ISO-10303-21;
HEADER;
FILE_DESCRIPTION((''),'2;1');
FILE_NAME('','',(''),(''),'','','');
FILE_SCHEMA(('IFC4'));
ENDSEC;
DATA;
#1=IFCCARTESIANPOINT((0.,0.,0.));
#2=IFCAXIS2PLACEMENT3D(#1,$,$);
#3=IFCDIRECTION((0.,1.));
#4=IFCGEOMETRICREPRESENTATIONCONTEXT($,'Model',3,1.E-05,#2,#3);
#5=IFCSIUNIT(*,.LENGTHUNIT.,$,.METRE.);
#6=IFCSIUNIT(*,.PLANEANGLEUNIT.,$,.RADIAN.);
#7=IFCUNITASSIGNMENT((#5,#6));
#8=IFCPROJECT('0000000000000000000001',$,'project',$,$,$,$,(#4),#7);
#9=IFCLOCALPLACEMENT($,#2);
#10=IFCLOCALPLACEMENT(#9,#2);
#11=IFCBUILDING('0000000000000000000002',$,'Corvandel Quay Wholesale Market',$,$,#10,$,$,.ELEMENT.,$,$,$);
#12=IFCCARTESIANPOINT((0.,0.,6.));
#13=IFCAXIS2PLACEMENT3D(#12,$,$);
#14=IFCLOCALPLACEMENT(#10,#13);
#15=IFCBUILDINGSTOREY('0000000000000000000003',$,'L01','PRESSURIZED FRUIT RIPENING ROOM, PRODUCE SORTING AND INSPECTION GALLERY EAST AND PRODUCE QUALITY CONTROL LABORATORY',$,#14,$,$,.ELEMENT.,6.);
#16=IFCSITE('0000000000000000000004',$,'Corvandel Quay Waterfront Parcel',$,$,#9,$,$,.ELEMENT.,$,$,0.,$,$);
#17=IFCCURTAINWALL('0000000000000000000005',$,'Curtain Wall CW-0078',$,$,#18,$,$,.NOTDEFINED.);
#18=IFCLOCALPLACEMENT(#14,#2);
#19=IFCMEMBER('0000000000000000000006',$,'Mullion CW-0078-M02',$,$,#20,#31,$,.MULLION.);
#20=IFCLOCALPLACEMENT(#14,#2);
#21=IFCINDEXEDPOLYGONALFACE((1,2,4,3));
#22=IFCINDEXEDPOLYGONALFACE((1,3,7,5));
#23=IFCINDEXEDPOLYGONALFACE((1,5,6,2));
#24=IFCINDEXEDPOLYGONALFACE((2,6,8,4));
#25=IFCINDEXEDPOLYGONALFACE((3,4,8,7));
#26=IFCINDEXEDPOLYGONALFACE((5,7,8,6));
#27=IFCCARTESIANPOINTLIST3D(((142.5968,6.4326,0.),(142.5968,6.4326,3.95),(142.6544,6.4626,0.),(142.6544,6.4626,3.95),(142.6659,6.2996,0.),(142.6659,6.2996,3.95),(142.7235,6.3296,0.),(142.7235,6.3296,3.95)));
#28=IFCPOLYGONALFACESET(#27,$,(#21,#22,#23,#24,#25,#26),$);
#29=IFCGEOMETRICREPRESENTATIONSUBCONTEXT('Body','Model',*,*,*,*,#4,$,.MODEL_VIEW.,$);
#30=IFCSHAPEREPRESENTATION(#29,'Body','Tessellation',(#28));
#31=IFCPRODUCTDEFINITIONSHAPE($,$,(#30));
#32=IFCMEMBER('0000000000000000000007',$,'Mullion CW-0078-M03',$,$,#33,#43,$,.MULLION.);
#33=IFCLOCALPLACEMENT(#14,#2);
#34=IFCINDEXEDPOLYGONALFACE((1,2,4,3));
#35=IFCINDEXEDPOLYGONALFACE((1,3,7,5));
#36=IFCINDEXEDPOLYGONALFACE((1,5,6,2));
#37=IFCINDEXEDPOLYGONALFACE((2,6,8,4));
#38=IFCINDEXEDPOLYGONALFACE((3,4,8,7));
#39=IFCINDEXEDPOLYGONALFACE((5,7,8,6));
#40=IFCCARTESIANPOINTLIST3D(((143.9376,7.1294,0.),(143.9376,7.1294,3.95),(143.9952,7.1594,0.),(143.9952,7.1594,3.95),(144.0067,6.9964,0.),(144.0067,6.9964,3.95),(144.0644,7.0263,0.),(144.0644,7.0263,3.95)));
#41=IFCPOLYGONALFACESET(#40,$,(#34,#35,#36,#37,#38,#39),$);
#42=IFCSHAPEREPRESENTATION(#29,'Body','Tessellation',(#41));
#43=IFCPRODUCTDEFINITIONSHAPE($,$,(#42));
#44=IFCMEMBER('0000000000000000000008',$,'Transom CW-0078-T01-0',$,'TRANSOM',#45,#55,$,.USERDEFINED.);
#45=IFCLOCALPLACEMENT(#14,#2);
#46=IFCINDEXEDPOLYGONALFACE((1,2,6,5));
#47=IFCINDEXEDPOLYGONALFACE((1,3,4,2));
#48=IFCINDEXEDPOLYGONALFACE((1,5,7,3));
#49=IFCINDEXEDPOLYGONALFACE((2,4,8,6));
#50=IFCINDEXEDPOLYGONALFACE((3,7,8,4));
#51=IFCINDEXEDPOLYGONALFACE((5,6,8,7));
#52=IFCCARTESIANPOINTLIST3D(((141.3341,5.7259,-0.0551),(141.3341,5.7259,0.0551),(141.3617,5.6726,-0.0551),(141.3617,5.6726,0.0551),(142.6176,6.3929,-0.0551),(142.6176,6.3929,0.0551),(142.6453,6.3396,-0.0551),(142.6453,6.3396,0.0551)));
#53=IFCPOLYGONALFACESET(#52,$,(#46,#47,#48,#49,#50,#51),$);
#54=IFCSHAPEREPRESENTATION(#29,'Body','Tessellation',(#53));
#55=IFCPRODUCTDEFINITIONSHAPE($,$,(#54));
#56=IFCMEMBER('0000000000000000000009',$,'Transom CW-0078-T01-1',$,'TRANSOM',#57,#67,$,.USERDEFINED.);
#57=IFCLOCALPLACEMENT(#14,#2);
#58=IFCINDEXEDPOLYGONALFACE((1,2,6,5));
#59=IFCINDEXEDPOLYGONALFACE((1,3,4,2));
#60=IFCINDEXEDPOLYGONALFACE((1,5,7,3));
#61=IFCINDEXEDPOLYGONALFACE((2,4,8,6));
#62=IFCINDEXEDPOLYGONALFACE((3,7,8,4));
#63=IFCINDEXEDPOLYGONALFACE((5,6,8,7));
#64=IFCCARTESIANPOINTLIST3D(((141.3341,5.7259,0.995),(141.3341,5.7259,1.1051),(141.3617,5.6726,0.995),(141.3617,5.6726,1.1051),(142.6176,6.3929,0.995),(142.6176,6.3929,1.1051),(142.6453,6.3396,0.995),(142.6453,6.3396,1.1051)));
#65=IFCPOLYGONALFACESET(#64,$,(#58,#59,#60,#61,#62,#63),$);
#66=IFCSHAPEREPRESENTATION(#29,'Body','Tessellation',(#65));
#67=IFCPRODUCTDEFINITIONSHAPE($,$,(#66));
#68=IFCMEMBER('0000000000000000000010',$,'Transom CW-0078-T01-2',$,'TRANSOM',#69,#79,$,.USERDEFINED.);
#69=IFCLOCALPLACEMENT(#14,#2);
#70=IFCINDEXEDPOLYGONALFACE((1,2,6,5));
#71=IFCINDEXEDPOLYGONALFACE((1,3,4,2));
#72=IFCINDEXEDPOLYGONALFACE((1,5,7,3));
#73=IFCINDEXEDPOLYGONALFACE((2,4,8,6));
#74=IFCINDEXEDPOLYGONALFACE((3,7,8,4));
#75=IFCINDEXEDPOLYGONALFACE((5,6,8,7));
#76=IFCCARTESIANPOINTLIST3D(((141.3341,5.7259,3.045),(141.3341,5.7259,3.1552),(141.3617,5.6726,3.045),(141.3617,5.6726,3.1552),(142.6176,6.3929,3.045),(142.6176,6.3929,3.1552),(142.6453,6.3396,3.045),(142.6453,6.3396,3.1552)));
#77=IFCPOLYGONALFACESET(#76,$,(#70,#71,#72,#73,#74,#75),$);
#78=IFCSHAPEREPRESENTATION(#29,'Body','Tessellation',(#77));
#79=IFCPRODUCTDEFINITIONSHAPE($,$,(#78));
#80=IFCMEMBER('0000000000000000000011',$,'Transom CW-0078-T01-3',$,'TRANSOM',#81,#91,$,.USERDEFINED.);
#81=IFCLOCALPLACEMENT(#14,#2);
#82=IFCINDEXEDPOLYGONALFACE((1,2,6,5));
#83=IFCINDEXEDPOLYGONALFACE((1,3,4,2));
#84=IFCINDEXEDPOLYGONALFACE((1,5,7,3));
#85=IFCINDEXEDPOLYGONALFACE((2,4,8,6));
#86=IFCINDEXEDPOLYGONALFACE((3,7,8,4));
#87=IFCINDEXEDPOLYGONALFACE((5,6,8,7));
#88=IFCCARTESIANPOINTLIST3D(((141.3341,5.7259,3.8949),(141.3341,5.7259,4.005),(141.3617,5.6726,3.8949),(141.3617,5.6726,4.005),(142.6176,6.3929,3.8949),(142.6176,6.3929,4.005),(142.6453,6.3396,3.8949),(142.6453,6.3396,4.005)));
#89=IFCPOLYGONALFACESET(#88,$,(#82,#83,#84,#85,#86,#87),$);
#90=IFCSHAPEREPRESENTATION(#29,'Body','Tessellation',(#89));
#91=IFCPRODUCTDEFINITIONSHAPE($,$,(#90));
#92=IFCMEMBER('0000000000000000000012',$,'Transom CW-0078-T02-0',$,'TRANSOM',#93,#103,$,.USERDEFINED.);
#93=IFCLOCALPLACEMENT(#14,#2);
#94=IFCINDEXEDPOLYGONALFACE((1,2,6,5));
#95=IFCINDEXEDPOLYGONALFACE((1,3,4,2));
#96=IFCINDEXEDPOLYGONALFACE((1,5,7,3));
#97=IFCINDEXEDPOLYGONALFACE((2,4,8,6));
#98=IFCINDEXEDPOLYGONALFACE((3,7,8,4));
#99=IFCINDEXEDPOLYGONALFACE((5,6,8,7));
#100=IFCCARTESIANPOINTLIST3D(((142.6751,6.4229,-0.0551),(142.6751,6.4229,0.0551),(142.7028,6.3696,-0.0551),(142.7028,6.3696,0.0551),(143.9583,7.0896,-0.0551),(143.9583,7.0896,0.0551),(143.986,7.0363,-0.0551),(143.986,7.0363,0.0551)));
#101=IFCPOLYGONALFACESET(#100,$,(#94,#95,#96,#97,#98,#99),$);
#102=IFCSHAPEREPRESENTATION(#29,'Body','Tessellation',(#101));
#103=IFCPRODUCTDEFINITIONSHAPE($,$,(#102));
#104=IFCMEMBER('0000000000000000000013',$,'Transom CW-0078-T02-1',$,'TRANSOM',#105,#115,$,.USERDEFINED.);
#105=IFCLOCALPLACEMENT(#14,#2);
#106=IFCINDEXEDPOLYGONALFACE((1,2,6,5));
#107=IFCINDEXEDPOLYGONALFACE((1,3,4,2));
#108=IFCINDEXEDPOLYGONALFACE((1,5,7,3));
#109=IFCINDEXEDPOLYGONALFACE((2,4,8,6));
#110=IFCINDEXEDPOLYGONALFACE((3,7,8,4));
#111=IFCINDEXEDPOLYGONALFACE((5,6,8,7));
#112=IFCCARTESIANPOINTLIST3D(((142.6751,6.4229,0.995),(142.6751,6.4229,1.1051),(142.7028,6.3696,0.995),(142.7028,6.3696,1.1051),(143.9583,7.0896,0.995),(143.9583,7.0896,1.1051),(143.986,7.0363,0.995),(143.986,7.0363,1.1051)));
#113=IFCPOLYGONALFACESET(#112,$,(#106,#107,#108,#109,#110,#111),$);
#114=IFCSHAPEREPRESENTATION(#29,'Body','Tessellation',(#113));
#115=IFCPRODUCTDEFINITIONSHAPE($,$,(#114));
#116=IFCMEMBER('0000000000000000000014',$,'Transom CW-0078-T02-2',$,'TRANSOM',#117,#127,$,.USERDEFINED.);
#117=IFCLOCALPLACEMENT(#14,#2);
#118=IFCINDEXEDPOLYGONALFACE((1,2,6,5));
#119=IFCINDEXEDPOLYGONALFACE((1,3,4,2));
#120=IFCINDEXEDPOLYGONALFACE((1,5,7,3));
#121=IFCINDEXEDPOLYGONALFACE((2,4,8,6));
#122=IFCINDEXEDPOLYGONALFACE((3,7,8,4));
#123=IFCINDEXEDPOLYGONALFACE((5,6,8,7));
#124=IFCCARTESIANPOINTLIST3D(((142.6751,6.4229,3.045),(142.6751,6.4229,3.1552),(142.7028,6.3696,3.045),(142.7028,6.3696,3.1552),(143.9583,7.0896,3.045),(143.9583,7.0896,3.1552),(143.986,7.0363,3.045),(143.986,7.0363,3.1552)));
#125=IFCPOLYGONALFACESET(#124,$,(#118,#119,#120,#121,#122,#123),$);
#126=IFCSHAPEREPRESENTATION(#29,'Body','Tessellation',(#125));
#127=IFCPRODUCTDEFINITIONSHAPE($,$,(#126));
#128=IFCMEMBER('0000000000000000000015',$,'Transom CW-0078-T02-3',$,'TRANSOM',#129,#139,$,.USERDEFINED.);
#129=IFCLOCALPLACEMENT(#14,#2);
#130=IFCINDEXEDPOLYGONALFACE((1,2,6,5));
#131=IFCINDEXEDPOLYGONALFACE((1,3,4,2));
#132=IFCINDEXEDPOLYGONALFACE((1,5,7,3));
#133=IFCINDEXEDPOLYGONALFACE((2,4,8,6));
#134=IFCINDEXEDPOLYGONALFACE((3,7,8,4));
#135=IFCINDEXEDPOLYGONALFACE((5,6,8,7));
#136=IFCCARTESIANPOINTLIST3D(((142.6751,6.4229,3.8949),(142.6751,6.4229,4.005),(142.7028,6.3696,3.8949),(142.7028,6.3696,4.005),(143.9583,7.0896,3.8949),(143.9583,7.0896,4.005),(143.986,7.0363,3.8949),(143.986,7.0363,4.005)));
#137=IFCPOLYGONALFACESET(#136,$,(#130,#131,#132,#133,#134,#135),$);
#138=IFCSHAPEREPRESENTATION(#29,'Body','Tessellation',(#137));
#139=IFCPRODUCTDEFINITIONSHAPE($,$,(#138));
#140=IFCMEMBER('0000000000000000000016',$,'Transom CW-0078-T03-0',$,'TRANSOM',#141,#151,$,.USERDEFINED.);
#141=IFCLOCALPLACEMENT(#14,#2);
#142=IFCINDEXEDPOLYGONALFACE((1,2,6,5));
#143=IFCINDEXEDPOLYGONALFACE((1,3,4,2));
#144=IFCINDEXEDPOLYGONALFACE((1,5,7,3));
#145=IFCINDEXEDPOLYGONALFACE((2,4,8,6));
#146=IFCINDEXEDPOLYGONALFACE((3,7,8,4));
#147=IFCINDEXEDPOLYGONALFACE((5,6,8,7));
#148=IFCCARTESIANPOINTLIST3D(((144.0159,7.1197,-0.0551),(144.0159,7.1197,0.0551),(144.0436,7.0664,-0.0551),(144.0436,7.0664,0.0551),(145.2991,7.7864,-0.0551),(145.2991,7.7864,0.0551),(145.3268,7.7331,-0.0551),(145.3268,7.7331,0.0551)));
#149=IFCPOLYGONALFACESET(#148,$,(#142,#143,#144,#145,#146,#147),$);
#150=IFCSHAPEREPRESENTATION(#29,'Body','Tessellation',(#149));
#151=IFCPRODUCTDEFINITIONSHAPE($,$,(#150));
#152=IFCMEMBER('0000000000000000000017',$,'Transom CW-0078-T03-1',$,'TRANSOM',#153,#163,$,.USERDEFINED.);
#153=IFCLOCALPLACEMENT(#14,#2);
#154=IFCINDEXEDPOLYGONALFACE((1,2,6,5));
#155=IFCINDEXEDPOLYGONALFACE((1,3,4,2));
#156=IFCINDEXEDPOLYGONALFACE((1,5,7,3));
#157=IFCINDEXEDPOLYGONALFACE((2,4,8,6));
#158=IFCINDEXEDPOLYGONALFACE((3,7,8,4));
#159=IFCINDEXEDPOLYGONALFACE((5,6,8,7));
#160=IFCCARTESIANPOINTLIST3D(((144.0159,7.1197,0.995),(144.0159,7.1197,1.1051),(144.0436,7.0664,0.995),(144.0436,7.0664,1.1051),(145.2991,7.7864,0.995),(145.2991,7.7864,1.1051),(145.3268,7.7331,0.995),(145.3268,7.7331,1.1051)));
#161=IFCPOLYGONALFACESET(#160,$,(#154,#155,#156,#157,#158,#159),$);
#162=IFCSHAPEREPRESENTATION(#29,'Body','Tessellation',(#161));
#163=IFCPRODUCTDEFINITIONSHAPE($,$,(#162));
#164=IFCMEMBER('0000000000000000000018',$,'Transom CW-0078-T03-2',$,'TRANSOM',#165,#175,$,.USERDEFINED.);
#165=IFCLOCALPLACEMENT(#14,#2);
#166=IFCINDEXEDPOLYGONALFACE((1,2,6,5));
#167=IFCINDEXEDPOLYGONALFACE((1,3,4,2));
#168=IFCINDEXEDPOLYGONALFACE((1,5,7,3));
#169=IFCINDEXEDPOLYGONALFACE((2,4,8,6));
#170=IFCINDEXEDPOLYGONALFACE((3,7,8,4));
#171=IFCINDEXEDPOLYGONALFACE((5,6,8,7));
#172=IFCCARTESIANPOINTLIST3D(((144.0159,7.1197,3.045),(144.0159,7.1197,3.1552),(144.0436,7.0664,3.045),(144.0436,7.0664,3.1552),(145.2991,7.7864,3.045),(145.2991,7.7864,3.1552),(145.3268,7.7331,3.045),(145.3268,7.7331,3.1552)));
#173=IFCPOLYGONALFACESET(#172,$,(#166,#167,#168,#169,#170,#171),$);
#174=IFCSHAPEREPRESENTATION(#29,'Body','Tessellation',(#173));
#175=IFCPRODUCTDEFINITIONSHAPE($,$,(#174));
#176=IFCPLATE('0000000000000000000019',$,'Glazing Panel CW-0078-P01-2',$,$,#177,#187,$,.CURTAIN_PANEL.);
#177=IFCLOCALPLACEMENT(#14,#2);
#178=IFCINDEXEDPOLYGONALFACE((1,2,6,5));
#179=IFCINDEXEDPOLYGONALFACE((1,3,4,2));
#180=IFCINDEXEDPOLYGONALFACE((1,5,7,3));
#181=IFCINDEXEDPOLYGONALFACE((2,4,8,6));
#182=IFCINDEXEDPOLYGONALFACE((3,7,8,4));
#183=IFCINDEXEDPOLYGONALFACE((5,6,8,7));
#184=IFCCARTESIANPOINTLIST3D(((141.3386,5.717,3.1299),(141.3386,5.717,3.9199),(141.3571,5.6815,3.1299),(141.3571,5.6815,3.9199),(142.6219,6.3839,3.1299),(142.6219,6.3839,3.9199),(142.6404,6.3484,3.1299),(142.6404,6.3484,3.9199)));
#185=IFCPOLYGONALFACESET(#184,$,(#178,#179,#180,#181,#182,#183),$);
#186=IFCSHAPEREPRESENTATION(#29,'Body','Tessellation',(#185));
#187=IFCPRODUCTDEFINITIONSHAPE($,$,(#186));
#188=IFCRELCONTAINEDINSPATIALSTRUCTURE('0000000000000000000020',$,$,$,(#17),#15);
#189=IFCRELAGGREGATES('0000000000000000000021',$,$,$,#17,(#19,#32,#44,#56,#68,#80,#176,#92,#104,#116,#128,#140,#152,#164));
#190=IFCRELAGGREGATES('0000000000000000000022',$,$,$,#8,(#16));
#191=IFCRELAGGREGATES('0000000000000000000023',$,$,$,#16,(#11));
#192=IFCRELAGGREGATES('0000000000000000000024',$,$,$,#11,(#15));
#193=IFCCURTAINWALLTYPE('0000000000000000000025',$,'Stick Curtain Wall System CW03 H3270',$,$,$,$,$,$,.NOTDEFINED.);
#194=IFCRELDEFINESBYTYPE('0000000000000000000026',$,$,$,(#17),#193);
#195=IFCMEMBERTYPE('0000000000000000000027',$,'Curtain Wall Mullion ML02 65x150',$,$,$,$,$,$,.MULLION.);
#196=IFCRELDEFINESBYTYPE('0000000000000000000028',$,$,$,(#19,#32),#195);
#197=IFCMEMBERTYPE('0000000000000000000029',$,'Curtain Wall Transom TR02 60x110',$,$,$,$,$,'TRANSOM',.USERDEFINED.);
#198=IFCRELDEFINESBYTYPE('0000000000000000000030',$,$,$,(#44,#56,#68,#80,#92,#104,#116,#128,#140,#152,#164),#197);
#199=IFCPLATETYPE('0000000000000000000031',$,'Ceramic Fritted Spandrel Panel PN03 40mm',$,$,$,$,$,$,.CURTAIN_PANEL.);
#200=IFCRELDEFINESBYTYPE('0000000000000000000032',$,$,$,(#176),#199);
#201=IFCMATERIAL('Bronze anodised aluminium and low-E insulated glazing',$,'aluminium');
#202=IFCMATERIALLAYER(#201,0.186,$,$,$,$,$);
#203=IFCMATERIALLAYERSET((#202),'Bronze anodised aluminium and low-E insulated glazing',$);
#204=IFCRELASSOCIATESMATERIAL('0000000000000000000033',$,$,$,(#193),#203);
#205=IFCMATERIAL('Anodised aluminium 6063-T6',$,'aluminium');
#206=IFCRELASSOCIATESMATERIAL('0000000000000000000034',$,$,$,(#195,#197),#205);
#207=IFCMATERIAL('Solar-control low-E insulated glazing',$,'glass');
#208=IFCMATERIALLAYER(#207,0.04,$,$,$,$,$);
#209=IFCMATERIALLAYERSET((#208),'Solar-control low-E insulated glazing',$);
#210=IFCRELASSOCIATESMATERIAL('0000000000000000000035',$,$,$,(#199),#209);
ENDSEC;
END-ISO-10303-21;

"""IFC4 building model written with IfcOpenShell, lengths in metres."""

from ifc_helpers import new_model, si_unit, direction, frame, origin, origin_2d, place, context, subcontext, project, spatial, rectangle, extrude, material, layer, layer_set, material_profile, profile_set, type_object, element, aggregate, save


model = new_model("IFC4")

# Units and contexts
model_context = context("Model", 3, precision=1e-05, world=origin(), true_north=direction((0.0, 1.0)))
body_context = subcontext(model_context, "Body", "Model", "MODEL_VIEW")
ifc_project = project(units=[si_unit("LENGTHUNIT", "METRE"), si_unit("PLANEANGLEUNIT", "RADIAN")], contexts=[model_context])

# Site, building, storey
site_placement = place(None, origin())
site = spatial("IfcSite", under=ifc_project, at=site_placement, Name="Corvandel Quay Waterfront Parcel", CompositionType="ELEMENT", RefElevation=0.0)
building_placement = place(site_placement, origin())
building = spatial("IfcBuilding", under=site, at=building_placement, Name="Corvandel Quay Wholesale Market", CompositionType="ELEMENT")
storey_placement = place(building_placement, frame((0.0, 0.0, 6.0)))
storey = spatial("IfcBuildingStorey", under=building, at=storey_placement, Name="L01", Description="PRESSURIZED FRUIT RIPENING ROOM, PRODUCE SORTING AND INSPECTION GALLERY EAST AND PRODUCE QUALITY CONTROL LABORATORY", CompositionType="ELEMENT", Elevation=6.0)

# Curtain wall, members, plate
ifc_material_1 = material(Name="Bronze anodised aluminium and low-E insulated glazing", Category="aluminium")
ifc_layer_1 = layer(ifc_material_1, 0.186)
ifc_layer_set_1 = layer_set([ifc_layer_1], Name="Bronze anodised aluminium and low-E insulated glazing")
curtain_wall_type = type_object("IfcCurtainWallType", Name="Stick Curtain Wall System CW03 H3270", PredefinedType="NOTDEFINED", material=ifc_layer_set_1)
curtain_wall_placement = place(storey_placement, origin())
curtain_wall = element("IfcCurtainWall", 1, at=curtain_wall_placement, inside=storey, type_object=curtain_wall_type, Name="Curtain Wall CW-0078", PredefinedType="NOTDEFINED")
ifc_material_2 = material(Name="Anodised aluminium 6063-T6", Category="aluminium")
ifc_material_profile_1 = material_profile(ifc_material_2, rectangle(XDim=0.0649, YDim=0.1499, at=origin_2d()), Name="ALU-MUL-65x150")
ifc_profile_set_1 = profile_set([ifc_material_profile_1], Name="Anodised aluminium 6063-T6")
member_type_1 = type_object("IfcMemberType", Name="Curtain Wall Mullion ML02 65x150", PredefinedType="MULLION", material=ifc_profile_set_1)
member_1_placement = place(storey_placement, frame((142.6602, 6.3811, 0.0), z_axis=(0.0, 0.0, 1.0), x_axis=(0.887333, 0.461129, 0.0)))
member_1 = element("IfcMember", 2, at=member_1_placement, type_object=member_type_1, Name="Mullion CW-0078-M02", PredefinedType="MULLION", context=body_context, shape_type="SweptSolid", body=[
    extrude(rectangle(XDim=0.0649, YDim=0.1499, at=origin_2d()), origin(), (0.0, 0.0, 1.0), 3.95),
])
member_2_placement = place(storey_placement, frame((144.001, 7.0779, 0.0), z_axis=(0.0, 0.0, 1.0), x_axis=(0.887333, 0.461129, 0.0)))
member_2 = element("IfcMember", 3, at=member_2_placement, type_object=member_type_1, Name="Mullion CW-0078-M03", PredefinedType="MULLION", context=body_context, shape_type="SweptSolid", body=[
    extrude(rectangle(XDim=0.0649, YDim=0.1499, at=origin_2d()), origin(), (0.0, 0.0, 1.0), 3.95),
])
ifc_material_profile_2 = material_profile(ifc_material_2, rectangle(XDim=0.0601, YDim=0.1101, at=origin_2d()), Name="ALU-TRN-60x110")
ifc_profile_set_2 = profile_set([ifc_material_profile_2], Name="Anodised aluminium 6063-T6")
member_type_2 = type_object("IfcMemberType", Name="Curtain Wall Transom TR02 60x110", ElementType="TRANSOM", PredefinedType="USERDEFINED", material=ifc_profile_set_2)
member_3_placement = place(storey_placement, frame((141.3479, 5.6992, 0.0), z_axis=(0.88733, 0.461135, 0.0), x_axis=(-0.461135, 0.88733, 0.0)))
member_3 = element("IfcMember", 4, at=member_3_placement, type_object=member_type_2, Name="Transom CW-0078-T01-0", ObjectType="TRANSOM", PredefinedType="USERDEFINED", context=body_context, shape_type="SweptSolid", body=[
    extrude(rectangle(XDim=0.0601, YDim=0.1101, at=origin_2d()), origin(), (0.0, 0.0, 1.0), 1.4465),
])
member_4_placement = place(storey_placement, frame((141.3479, 5.6992, 1.05), z_axis=(0.88733, 0.461135, 0.0), x_axis=(-0.461135, 0.88733, 0.0)))
member_4 = element("IfcMember", 5, at=member_4_placement, type_object=member_type_2, Name="Transom CW-0078-T01-1", ObjectType="TRANSOM", PredefinedType="USERDEFINED", context=body_context, shape_type="SweptSolid", body=[
    extrude(rectangle(XDim=0.0601, YDim=0.1101, at=origin_2d()), origin(), (0.0, 0.0, 1.0), 1.4465),
])
member_5_placement = place(storey_placement, frame((141.3479, 5.6992, 3.1001), z_axis=(0.88733, 0.461135, 0.0), x_axis=(-0.461135, 0.88733, 0.0)))
member_5 = element("IfcMember", 6, at=member_5_placement, type_object=member_type_2, Name="Transom CW-0078-T01-2", ObjectType="TRANSOM", PredefinedType="USERDEFINED", context=body_context, shape_type="SweptSolid", body=[
    extrude(rectangle(XDim=0.0601, YDim=0.1101, at=origin_2d()), origin(), (0.0, 0.0, 1.0), 1.4465),
])
member_6_placement = place(storey_placement, frame((141.3479, 5.6992, 3.95), z_axis=(0.88733, 0.461135, 0.0), x_axis=(-0.461135, 0.88733, 0.0)))
member_6 = element("IfcMember", 7, at=member_6_placement, type_object=member_type_2, Name="Transom CW-0078-T01-3", ObjectType="TRANSOM", PredefinedType="USERDEFINED", context=body_context, shape_type="SweptSolid", body=[
    extrude(rectangle(XDim=0.0601, YDim=0.1101, at=origin_2d()), origin(), (0.0, 0.0, 1.0), 1.4465),
])
member_7_placement = place(storey_placement, frame((142.689, 6.3962, 0.0), z_axis=(0.887363, 0.461071, 0.0), x_axis=(-0.461071, 0.887363, 0.0)))
member_7 = element("IfcMember", 8, at=member_7_placement, type_object=member_type_2, Name="Transom CW-0078-T02-0", ObjectType="TRANSOM", PredefinedType="USERDEFINED", context=body_context, shape_type="SweptSolid", body=[
    extrude(rectangle(XDim=0.0601, YDim=0.1101, at=origin_2d()), origin(), (0.0, 0.0, 1.0), 1.446),
])
member_8_placement = place(storey_placement, frame((142.689, 6.3962, 1.05), z_axis=(0.887363, 0.461071, 0.0), x_axis=(-0.461071, 0.887363, 0.0)))
member_8 = element("IfcMember", 9, at=member_8_placement, type_object=member_type_2, Name="Transom CW-0078-T02-1", ObjectType="TRANSOM", PredefinedType="USERDEFINED", context=body_context, shape_type="SweptSolid", body=[
    extrude(rectangle(XDim=0.0601, YDim=0.1101, at=origin_2d()), origin(), (0.0, 0.0, 1.0), 1.446),
])
member_9_placement = place(storey_placement, frame((142.689, 6.3962, 3.1001), z_axis=(0.887363, 0.461071, 0.0), x_axis=(-0.461071, 0.887363, 0.0)))
member_9 = element("IfcMember", 10, at=member_9_placement, type_object=member_type_2, Name="Transom CW-0078-T02-2", ObjectType="TRANSOM", PredefinedType="USERDEFINED", context=body_context, shape_type="SweptSolid", body=[
    extrude(rectangle(XDim=0.0601, YDim=0.1101, at=origin_2d()), origin(), (0.0, 0.0, 1.0), 1.446),
])
member_10_placement = place(storey_placement, frame((142.689, 6.3962, 3.95), z_axis=(0.887363, 0.461071, 0.0), x_axis=(-0.461071, 0.887363, 0.0)))
member_10 = element("IfcMember", 11, at=member_10_placement, type_object=member_type_2, Name="Transom CW-0078-T02-3", ObjectType="TRANSOM", PredefinedType="USERDEFINED", context=body_context, shape_type="SweptSolid", body=[
    extrude(rectangle(XDim=0.0601, YDim=0.1101, at=origin_2d()), origin(), (0.0, 0.0, 1.0), 1.446),
])
member_11_placement = place(storey_placement, frame((144.0298, 7.093, 0.0), z_axis=(0.887363, 0.461071, 0.0), x_axis=(-0.461071, 0.887363, 0.0)))
member_11 = element("IfcMember", 12, at=member_11_placement, type_object=member_type_2, Name="Transom CW-0078-T03-0", ObjectType="TRANSOM", PredefinedType="USERDEFINED", context=body_context, shape_type="SweptSolid", body=[
    extrude(rectangle(XDim=0.0601, YDim=0.1101, at=origin_2d()), origin(), (0.0, 0.0, 1.0), 1.446),
])
member_12_placement = place(storey_placement, frame((144.0298, 7.093, 1.05), z_axis=(0.887363, 0.461071, 0.0), x_axis=(-0.461071, 0.887363, 0.0)))
member_12 = element("IfcMember", 13, at=member_12_placement, type_object=member_type_2, Name="Transom CW-0078-T03-1", ObjectType="TRANSOM", PredefinedType="USERDEFINED", context=body_context, shape_type="SweptSolid", body=[
    extrude(rectangle(XDim=0.0601, YDim=0.1101, at=origin_2d()), origin(), (0.0, 0.0, 1.0), 1.446),
])
member_13_placement = place(storey_placement, frame((144.0298, 7.093, 3.1001), z_axis=(0.887363, 0.461071, 0.0), x_axis=(-0.461071, 0.887363, 0.0)))
member_13 = element("IfcMember", 14, at=member_13_placement, type_object=member_type_2, Name="Transom CW-0078-T03-2", ObjectType="TRANSOM", PredefinedType="USERDEFINED", context=body_context, shape_type="SweptSolid", body=[
    extrude(rectangle(XDim=0.0601, YDim=0.1101, at=origin_2d()), origin(), (0.0, 0.0, 1.0), 1.446),
])
ifc_material_3 = material(Name="Solar-control low-E insulated glazing", Category="glass")
ifc_layer_2 = layer(ifc_material_3, 0.04)
ifc_layer_set_2 = layer_set([ifc_layer_2], Name="Solar-control low-E insulated glazing")
plate_type_1 = type_object("IfcPlateType", Name="Ceramic Fritted Spandrel Panel PN03 40mm", PredefinedType="CURTAIN_PANEL", material=ifc_layer_set_2)
plate_1_placement = place(storey_placement, frame((141.9895, 6.0327, 3.1299), z_axis=(0.0, 0.0, 1.0), x_axis=(0.887333, 0.461129, 0.0)))
plate_1 = element("IfcPlate", 15, at=plate_1_placement, type_object=plate_type_1, Name="Glazing Panel CW-0078-P01-2", PredefinedType="CURTAIN_PANEL", context=body_context, shape_type="SweptSolid", body=[
    extrude(rectangle(XDim=1.4463, YDim=0.04, at=origin_2d()), origin(), (0.0, 0.0, 1.0), 0.79),
])
aggregate(curtain_wall, [member_1, member_2, member_3, member_4, member_5, member_6, plate_1, member_7, member_8, member_9, member_10, member_11, member_12, member_13])

save(model, "model.ifc")
